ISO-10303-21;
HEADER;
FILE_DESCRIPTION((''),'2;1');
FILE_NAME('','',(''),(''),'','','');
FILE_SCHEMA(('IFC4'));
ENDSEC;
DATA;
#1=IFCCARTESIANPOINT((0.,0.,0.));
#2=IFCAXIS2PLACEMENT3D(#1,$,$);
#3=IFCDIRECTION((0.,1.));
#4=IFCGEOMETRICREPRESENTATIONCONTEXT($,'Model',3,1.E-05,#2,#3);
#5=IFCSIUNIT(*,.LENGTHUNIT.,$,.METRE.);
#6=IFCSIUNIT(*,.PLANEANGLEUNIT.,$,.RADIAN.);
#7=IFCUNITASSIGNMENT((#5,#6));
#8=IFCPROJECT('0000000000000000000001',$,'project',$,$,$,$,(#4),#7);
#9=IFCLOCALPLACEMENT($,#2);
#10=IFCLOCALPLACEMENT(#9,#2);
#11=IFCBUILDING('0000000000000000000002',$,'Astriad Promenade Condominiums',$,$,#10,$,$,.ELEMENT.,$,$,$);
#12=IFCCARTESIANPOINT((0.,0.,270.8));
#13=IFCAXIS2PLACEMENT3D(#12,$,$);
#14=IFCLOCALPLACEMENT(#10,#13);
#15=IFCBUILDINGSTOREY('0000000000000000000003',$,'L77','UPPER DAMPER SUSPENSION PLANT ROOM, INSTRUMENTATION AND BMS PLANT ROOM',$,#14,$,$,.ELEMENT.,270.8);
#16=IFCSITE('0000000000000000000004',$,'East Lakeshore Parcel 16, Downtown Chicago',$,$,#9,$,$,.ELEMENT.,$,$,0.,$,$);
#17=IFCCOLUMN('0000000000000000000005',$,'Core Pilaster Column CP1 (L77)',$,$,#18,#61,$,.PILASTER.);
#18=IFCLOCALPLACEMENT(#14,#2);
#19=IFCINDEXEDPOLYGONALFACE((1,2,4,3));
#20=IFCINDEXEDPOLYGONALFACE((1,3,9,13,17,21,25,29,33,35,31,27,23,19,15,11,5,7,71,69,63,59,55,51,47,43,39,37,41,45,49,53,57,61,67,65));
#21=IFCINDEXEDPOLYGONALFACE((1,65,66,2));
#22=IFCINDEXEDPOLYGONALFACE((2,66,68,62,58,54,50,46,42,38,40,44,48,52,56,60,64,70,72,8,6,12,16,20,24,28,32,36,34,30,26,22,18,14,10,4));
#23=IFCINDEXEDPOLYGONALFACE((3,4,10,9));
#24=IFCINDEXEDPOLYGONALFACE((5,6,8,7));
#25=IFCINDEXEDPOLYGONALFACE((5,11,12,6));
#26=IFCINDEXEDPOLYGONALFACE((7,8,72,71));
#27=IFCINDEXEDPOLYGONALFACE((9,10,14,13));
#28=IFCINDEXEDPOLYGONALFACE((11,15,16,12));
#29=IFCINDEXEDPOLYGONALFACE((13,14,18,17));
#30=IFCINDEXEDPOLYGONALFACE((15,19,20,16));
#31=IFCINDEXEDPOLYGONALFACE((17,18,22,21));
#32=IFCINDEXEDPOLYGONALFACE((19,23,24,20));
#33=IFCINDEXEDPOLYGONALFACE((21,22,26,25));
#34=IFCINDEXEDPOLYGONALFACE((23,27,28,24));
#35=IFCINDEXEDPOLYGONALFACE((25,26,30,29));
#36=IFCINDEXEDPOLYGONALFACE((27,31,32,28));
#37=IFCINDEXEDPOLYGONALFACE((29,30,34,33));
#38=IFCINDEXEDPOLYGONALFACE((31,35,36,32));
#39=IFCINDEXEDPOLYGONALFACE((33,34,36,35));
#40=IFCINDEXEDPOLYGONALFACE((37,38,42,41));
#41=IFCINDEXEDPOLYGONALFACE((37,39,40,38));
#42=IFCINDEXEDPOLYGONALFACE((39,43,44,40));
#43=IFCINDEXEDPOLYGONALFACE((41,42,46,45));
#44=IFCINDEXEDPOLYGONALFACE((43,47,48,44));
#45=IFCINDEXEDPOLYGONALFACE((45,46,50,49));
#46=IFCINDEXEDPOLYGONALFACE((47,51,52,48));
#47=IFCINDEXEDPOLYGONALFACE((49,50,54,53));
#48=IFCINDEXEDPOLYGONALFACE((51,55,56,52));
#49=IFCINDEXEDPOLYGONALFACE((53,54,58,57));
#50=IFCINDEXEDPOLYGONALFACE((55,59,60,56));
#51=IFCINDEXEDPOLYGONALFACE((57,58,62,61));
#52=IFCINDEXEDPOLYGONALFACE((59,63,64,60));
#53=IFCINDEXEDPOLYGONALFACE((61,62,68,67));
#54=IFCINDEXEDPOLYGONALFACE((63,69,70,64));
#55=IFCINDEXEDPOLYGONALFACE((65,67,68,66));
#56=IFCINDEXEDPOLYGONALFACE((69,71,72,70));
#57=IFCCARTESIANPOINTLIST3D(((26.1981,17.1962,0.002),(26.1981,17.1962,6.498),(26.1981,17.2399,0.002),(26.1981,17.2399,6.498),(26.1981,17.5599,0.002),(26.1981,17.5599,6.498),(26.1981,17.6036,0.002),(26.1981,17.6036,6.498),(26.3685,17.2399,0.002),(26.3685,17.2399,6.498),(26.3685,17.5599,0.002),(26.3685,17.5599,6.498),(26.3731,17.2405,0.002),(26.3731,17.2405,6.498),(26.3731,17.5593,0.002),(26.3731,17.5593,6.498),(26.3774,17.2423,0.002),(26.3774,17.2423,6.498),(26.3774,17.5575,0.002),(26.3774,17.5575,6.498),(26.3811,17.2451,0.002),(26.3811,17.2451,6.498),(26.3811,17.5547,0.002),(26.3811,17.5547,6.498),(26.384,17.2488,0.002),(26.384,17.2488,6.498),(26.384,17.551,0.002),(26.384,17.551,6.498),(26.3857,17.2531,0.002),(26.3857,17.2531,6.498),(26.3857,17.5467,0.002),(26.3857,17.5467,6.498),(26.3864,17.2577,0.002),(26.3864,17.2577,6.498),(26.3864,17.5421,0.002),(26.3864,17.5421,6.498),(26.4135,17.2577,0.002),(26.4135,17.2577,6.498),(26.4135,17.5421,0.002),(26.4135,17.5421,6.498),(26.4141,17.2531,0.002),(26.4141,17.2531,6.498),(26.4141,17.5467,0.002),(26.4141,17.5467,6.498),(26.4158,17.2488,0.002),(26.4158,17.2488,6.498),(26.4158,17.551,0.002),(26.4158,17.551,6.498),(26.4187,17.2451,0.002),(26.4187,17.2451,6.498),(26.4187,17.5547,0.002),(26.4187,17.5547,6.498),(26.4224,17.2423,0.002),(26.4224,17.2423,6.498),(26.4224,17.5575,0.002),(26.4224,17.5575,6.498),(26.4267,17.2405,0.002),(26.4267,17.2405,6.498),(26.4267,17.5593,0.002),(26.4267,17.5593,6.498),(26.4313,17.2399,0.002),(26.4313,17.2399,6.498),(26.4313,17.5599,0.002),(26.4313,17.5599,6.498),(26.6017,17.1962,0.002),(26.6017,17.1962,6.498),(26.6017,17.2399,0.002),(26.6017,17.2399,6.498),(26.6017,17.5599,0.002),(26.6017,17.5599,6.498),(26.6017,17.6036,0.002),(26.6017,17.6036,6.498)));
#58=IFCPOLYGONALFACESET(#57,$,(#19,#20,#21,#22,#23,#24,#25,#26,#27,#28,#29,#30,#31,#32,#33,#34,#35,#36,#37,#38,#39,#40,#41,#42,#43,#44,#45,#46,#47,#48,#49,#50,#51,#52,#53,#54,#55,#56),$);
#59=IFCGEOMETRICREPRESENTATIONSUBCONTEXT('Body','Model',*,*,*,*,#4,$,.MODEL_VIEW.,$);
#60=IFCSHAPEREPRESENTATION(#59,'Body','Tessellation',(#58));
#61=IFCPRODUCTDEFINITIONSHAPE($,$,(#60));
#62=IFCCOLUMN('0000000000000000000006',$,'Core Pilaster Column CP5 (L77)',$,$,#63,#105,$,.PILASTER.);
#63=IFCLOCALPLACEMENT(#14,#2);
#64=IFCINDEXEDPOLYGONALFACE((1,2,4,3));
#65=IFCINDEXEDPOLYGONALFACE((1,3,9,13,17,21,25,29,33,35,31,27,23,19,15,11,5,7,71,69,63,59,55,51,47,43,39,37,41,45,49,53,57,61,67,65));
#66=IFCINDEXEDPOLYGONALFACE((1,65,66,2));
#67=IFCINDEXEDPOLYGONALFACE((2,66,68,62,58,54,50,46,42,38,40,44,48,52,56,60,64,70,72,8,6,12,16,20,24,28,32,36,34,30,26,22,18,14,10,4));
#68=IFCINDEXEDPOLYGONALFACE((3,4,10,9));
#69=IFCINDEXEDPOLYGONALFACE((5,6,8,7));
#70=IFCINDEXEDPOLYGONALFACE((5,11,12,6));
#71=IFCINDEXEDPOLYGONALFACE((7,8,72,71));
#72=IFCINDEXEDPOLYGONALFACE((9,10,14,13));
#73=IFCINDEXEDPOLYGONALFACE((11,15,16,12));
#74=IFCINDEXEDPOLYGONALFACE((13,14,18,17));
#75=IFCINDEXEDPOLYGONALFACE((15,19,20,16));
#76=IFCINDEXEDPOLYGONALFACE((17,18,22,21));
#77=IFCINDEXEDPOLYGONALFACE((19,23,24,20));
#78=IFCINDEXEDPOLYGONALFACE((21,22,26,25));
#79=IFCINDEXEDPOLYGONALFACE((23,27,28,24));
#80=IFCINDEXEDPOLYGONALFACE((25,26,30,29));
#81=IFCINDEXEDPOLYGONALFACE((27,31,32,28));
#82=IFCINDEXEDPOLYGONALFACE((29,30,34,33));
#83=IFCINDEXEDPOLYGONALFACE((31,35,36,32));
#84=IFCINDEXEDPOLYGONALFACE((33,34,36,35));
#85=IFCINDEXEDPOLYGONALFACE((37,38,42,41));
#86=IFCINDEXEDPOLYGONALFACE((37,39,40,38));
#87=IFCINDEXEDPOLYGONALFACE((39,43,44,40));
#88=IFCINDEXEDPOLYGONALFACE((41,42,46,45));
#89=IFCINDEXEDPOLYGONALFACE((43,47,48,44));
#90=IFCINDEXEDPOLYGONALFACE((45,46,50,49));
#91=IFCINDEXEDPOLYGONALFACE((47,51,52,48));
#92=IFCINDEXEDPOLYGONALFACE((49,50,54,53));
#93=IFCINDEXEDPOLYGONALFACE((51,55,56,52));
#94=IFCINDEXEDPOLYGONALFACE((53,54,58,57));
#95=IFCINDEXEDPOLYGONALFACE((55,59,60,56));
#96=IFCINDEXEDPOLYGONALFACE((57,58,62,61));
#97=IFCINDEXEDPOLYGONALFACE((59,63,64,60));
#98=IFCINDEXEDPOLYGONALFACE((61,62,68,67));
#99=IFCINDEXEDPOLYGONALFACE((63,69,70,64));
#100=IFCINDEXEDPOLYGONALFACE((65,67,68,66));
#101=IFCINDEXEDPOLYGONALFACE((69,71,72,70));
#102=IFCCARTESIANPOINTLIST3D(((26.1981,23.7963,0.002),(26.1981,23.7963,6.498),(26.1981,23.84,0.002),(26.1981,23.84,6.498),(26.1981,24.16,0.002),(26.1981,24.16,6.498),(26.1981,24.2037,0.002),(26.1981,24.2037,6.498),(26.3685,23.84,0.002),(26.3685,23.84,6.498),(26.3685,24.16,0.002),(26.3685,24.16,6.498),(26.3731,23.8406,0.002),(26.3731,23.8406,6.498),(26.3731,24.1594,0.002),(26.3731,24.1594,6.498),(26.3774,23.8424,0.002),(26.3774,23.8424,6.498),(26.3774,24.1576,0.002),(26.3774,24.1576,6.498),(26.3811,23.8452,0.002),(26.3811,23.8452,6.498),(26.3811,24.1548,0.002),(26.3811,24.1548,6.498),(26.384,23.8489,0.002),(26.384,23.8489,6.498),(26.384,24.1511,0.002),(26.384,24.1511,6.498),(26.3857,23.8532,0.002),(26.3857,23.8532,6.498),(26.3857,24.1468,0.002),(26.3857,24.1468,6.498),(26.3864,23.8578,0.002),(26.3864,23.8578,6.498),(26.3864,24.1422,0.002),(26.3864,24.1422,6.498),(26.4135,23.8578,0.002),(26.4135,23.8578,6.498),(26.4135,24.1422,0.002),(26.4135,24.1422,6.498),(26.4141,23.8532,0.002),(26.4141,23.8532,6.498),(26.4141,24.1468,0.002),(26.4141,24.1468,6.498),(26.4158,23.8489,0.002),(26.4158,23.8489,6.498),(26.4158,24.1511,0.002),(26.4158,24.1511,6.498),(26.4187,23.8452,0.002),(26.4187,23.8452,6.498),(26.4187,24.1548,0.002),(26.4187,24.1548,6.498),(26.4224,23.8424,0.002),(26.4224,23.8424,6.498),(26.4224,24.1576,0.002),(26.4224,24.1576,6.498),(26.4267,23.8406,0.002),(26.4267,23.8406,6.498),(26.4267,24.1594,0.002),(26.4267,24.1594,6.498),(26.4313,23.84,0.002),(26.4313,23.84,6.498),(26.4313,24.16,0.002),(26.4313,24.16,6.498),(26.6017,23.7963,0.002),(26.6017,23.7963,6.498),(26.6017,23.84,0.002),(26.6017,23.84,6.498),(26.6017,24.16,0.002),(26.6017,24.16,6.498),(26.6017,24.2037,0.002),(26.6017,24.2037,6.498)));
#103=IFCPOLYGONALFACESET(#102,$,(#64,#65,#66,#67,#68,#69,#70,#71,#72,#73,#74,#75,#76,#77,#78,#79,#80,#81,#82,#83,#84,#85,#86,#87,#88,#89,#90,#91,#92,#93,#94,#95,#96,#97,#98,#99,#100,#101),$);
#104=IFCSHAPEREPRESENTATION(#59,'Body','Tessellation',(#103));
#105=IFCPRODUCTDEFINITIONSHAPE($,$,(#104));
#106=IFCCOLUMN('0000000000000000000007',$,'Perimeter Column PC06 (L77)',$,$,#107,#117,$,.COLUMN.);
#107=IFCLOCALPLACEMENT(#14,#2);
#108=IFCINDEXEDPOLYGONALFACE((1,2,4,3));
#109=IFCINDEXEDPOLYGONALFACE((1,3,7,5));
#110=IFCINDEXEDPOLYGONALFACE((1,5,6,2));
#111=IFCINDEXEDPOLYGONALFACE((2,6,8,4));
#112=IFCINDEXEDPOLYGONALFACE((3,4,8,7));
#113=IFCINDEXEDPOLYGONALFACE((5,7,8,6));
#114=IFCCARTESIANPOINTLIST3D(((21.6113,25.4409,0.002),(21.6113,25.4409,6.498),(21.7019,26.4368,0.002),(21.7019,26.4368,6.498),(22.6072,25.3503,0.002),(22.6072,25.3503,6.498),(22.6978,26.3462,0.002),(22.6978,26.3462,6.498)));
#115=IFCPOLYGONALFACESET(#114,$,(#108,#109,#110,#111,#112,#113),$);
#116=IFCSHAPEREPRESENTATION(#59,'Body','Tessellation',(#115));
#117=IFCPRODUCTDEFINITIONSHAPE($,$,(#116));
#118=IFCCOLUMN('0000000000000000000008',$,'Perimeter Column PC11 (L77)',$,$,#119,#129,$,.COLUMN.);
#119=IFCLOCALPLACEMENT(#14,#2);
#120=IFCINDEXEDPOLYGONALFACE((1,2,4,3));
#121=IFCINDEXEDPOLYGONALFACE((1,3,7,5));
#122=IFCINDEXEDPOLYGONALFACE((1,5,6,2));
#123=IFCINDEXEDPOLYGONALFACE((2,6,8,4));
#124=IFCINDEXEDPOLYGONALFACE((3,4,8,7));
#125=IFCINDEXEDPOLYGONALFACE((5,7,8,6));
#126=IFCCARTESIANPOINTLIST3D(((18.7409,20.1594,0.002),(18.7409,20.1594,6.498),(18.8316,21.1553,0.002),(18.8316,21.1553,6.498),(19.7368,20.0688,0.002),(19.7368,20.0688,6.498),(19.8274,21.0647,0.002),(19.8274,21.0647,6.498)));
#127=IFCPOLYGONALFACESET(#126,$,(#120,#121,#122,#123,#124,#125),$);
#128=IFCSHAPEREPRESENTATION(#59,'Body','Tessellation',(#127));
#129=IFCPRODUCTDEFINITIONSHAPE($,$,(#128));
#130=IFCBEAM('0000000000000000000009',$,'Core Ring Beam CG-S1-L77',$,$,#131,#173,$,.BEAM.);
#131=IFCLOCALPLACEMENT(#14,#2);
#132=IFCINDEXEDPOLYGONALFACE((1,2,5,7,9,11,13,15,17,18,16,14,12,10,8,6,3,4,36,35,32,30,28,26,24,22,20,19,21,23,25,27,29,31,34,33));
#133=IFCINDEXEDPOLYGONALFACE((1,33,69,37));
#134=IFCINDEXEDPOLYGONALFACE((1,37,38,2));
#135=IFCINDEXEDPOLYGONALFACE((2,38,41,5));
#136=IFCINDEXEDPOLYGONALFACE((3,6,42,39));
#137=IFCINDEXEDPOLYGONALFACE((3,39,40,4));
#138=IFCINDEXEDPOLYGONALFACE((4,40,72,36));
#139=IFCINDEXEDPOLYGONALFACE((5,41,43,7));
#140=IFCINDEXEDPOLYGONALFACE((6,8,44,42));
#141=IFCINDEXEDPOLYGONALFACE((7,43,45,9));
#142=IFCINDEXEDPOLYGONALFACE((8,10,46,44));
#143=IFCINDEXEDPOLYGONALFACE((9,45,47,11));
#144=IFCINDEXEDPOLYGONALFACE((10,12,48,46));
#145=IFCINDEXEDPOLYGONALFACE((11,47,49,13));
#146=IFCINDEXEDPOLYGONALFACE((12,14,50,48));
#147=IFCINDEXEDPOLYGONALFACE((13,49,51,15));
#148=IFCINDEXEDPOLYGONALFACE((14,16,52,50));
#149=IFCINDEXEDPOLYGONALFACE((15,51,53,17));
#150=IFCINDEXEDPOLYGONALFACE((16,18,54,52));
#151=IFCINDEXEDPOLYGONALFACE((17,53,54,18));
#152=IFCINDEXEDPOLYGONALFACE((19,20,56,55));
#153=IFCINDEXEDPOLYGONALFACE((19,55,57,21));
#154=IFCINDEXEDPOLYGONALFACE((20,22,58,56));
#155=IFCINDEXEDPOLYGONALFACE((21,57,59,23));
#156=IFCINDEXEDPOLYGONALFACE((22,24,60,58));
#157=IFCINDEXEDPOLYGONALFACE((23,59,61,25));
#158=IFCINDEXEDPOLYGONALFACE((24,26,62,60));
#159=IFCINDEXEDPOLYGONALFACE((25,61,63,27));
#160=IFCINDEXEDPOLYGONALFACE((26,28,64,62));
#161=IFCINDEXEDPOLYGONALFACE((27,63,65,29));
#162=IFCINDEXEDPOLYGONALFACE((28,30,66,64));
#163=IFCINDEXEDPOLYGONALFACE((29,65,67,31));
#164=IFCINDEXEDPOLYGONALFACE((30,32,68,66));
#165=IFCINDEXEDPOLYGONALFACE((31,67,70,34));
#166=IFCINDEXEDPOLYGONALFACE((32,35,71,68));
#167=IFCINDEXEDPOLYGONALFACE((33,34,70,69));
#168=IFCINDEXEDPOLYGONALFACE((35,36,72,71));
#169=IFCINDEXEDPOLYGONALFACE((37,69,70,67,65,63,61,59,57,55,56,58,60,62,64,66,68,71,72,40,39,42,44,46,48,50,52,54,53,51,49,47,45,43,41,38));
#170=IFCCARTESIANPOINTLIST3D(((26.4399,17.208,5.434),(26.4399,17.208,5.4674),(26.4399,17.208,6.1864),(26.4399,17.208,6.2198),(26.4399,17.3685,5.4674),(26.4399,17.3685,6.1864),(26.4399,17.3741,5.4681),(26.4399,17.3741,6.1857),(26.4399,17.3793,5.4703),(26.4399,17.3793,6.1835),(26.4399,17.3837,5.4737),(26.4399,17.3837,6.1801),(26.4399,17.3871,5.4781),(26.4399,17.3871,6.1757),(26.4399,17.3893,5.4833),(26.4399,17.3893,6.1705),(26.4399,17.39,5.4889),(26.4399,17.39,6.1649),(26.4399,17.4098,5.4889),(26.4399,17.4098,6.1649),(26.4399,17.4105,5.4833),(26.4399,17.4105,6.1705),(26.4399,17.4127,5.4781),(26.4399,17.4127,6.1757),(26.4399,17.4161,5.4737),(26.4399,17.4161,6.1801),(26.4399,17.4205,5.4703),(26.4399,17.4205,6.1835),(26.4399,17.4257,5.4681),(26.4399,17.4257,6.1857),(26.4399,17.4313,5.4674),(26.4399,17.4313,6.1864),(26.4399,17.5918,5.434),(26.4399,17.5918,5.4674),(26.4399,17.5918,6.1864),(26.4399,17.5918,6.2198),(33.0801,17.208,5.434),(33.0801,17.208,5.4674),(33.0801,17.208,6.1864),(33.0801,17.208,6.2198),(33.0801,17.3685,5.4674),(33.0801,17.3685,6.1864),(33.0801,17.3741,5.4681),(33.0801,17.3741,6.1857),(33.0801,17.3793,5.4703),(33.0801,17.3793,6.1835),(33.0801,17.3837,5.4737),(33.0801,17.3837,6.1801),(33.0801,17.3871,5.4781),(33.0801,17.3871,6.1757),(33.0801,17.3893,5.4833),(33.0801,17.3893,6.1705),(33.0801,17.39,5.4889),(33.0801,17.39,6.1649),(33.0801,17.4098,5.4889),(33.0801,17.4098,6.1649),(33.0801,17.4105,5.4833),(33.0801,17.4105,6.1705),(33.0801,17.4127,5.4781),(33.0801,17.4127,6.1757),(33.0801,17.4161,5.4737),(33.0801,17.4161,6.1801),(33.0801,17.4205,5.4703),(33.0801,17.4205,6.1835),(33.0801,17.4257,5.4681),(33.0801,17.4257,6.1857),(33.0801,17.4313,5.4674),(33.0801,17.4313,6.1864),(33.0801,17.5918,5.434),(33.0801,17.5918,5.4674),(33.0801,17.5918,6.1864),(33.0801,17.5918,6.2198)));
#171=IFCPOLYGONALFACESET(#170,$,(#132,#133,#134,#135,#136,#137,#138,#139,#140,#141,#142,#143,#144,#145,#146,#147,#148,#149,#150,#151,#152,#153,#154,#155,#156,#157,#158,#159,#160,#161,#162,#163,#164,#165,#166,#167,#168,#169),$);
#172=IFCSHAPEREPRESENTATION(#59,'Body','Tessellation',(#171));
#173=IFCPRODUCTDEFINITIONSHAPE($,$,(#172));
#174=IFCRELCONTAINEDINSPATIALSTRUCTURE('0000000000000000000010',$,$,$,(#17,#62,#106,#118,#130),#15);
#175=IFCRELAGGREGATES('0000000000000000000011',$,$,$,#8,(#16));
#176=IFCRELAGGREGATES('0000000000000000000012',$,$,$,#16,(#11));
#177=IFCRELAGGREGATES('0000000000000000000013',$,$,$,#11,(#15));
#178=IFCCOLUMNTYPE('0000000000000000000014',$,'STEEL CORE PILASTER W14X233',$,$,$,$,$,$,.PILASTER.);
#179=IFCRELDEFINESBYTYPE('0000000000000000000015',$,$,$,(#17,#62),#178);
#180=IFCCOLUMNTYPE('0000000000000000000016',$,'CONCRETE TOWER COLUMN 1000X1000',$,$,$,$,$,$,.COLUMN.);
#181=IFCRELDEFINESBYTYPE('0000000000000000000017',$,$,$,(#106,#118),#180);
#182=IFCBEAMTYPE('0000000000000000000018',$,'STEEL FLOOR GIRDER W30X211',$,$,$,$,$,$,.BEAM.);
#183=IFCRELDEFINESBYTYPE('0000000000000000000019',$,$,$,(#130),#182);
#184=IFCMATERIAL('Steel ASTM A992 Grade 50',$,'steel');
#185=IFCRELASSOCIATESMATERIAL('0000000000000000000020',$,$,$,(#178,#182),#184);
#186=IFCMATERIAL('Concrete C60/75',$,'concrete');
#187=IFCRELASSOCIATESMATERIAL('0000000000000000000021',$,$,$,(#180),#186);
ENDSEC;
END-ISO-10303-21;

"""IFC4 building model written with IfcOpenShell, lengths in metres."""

from ifc_helpers import new_model, si_unit, direction, frame, origin, origin_2d, place, context, subcontext, project, spatial, rectangle, i_section, extrude, source, transform, mapped, material, material_profile, profile_set, type_object, type_shapes, element, save


model = new_model("IFC4")

# Units and contexts
model_context = context("Model", 3, precision=1e-05, world=origin(), true_north=direction((0.0, 1.0)))
body_context = subcontext(model_context, "Body", "Model", "MODEL_VIEW")
ifc_project = project(units=[si_unit("LENGTHUNIT", "METRE"), si_unit("PLANEANGLEUNIT", "RADIAN")], contexts=[model_context])

# Site, building, storey
site_placement = place(None, origin())
site = spatial("IfcSite", under=ifc_project, at=site_placement, Name="East Lakeshore Parcel 16, Downtown Chicago", CompositionType="ELEMENT", RefElevation=0.0)
building_placement = place(site_placement, origin())
building = spatial("IfcBuilding", under=site, at=building_placement, Name="Astriad Promenade Condominiums", CompositionType="ELEMENT")
storey_placement = place(building_placement, frame((0.0, 0.0, 270.8)))
storey = spatial("IfcBuildingStorey", under=building, at=storey_placement, Name="L77", Description="UPPER DAMPER SUSPENSION PLANT ROOM, INSTRUMENTATION AND BMS PLANT ROOM", CompositionType="ELEMENT", Elevation=270.8)

# Columns
ifc_material_1 = material(Name="Steel ASTM A992 Grade 50", Category="steel")
ifc_material_profile_1 = material_profile(ifc_material_1, i_section(OverallWidth=0.4036, OverallDepth=0.4075, WebThickness=0.0271, FlangeThickness=0.0437, FilletRadius=0.0178, at=origin_2d()), Name="W14X233")
ifc_profile_set_1 = profile_set([ifc_material_profile_1], Name="Steel ASTM A992 Grade 50")
column_type_1 = type_object("IfcColumnType", Name="STEEL CORE PILASTER W14X233", PredefinedType="PILASTER", material=ifc_profile_set_1)
shared_shape_1 = source(origin(), body_context, "Body", "SweptSolid", [
    extrude(i_section(OverallWidth=0.4036, OverallDepth=0.4075, WebThickness=0.0271, FlangeThickness=0.0437, FilletRadius=0.0178, at=origin_2d()), origin(), (0.0, 0.0, 1.0), 6.4961),
])
type_shapes(column_type_1, [shared_shape_1])
for number, where, z_axis, x_axis, name in (
    (1, (26.3999, 17.3999, 0.002), (0.0, 0.0, 1.0), (1.0, 0.0, 0.0), "Core Pilaster Column CP1 (L77)"),
    (2, (26.3999, 24.0, 0.002), (0.0, 0.0, 1.0), (1.0, 0.0, 0.0), "Core Pilaster Column CP5 (L77)"),
):
    element("IfcColumn", number, at=place(storey_placement, frame(where, z_axis=z_axis, x_axis=x_axis)), inside=storey, type_object=column_type_1, Name=name, PredefinedType="PILASTER", context=body_context, shape_type="MappedRepresentation", body=[
        mapped(shared_shape_1, transform((0.0, 0.0, 0.0), scale=1.0)),
    ])
ifc_material_2 = material(Name="Concrete C60/75", Category="concrete")
ifc_material_profile_2 = material_profile(ifc_material_2, rectangle(XDim=1.0, YDim=1.0, at=origin_2d()), Name="RC-COL-1000X1000")
ifc_profile_set_2 = profile_set([ifc_material_profile_2], Name="Concrete C60/75")
column_type_2 = type_object("IfcColumnType", Name="CONCRETE TOWER COLUMN 1000X1000", PredefinedType="COLUMN", material=ifc_profile_set_2)
shared_shape_2 = source(origin(), body_context, "Body", "SweptSolid", [
    extrude(rectangle(XDim=1.0, YDim=1.0, at=origin_2d()), origin(), (0.0, 0.0, 1.0), 6.4961),
])
type_shapes(column_type_2, [shared_shape_2])
for number, where, z_axis, x_axis, name in (
    (3, (22.1545, 25.8936, 0.002), (0.0, 0.0, 1.0), (0.995884, -0.090633, 0.0), "Perimeter Column PC06 (L77)"),
    (4, (19.2842, 20.6121, 0.002), (0.0, 0.0, 1.0), (0.995884, -0.090633, 0.0), "Perimeter Column PC11 (L77)"),
):
    element("IfcColumn", number, at=place(storey_placement, frame(where, z_axis=z_axis, x_axis=x_axis)), inside=storey, type_object=column_type_2, Name=name, PredefinedType="COLUMN", context=body_context, shape_type="MappedRepresentation", body=[
        mapped(shared_shape_2, transform((0.0, 0.0, 0.0), scale=1.0)),
    ])

# Beam
ifc_material_profile_3 = material_profile(ifc_material_1, i_section(OverallWidth=0.3838, OverallDepth=0.7859, WebThickness=0.0198, FlangeThickness=0.0334, FilletRadius=0.0215, at=origin_2d()), Name="W30X211")
ifc_profile_set_3 = profile_set([ifc_material_profile_3], Name="Steel ASTM A992 Grade 50")
beam_type_1 = type_object("IfcBeamType", Name="STEEL FLOOR GIRDER W30X211", PredefinedType="BEAM", material=ifc_profile_set_3)
shared_shape_3 = source(origin(), body_context, "Body", "SweptSolid", [
    extrude(i_section(OverallWidth=0.3838, OverallDepth=0.7859, WebThickness=0.0198, FlangeThickness=0.0334, FilletRadius=0.0215, at=origin_2d()), origin(), (0.0, 0.0, 1.0), 6.6401),
])
type_shapes(beam_type_1, [shared_shape_3])
beam_1_placement = place(storey_placement, frame((26.4399, 17.3999, 5.8269), z_axis=(1.0, 0.0, 0.0), x_axis=(0.0, 1.0, 0.0)))
element("IfcBeam", 5, at=beam_1_placement, inside=storey, type_object=beam_type_1, Name="Core Ring Beam CG-S1-L77", PredefinedType="BEAM", context=body_context, shape_type="MappedRepresentation", body=[
    mapped(shared_shape_3, transform((0.0, 0.0, 0.0), scale=1.0)),
])

save(model, "model.ifc")
